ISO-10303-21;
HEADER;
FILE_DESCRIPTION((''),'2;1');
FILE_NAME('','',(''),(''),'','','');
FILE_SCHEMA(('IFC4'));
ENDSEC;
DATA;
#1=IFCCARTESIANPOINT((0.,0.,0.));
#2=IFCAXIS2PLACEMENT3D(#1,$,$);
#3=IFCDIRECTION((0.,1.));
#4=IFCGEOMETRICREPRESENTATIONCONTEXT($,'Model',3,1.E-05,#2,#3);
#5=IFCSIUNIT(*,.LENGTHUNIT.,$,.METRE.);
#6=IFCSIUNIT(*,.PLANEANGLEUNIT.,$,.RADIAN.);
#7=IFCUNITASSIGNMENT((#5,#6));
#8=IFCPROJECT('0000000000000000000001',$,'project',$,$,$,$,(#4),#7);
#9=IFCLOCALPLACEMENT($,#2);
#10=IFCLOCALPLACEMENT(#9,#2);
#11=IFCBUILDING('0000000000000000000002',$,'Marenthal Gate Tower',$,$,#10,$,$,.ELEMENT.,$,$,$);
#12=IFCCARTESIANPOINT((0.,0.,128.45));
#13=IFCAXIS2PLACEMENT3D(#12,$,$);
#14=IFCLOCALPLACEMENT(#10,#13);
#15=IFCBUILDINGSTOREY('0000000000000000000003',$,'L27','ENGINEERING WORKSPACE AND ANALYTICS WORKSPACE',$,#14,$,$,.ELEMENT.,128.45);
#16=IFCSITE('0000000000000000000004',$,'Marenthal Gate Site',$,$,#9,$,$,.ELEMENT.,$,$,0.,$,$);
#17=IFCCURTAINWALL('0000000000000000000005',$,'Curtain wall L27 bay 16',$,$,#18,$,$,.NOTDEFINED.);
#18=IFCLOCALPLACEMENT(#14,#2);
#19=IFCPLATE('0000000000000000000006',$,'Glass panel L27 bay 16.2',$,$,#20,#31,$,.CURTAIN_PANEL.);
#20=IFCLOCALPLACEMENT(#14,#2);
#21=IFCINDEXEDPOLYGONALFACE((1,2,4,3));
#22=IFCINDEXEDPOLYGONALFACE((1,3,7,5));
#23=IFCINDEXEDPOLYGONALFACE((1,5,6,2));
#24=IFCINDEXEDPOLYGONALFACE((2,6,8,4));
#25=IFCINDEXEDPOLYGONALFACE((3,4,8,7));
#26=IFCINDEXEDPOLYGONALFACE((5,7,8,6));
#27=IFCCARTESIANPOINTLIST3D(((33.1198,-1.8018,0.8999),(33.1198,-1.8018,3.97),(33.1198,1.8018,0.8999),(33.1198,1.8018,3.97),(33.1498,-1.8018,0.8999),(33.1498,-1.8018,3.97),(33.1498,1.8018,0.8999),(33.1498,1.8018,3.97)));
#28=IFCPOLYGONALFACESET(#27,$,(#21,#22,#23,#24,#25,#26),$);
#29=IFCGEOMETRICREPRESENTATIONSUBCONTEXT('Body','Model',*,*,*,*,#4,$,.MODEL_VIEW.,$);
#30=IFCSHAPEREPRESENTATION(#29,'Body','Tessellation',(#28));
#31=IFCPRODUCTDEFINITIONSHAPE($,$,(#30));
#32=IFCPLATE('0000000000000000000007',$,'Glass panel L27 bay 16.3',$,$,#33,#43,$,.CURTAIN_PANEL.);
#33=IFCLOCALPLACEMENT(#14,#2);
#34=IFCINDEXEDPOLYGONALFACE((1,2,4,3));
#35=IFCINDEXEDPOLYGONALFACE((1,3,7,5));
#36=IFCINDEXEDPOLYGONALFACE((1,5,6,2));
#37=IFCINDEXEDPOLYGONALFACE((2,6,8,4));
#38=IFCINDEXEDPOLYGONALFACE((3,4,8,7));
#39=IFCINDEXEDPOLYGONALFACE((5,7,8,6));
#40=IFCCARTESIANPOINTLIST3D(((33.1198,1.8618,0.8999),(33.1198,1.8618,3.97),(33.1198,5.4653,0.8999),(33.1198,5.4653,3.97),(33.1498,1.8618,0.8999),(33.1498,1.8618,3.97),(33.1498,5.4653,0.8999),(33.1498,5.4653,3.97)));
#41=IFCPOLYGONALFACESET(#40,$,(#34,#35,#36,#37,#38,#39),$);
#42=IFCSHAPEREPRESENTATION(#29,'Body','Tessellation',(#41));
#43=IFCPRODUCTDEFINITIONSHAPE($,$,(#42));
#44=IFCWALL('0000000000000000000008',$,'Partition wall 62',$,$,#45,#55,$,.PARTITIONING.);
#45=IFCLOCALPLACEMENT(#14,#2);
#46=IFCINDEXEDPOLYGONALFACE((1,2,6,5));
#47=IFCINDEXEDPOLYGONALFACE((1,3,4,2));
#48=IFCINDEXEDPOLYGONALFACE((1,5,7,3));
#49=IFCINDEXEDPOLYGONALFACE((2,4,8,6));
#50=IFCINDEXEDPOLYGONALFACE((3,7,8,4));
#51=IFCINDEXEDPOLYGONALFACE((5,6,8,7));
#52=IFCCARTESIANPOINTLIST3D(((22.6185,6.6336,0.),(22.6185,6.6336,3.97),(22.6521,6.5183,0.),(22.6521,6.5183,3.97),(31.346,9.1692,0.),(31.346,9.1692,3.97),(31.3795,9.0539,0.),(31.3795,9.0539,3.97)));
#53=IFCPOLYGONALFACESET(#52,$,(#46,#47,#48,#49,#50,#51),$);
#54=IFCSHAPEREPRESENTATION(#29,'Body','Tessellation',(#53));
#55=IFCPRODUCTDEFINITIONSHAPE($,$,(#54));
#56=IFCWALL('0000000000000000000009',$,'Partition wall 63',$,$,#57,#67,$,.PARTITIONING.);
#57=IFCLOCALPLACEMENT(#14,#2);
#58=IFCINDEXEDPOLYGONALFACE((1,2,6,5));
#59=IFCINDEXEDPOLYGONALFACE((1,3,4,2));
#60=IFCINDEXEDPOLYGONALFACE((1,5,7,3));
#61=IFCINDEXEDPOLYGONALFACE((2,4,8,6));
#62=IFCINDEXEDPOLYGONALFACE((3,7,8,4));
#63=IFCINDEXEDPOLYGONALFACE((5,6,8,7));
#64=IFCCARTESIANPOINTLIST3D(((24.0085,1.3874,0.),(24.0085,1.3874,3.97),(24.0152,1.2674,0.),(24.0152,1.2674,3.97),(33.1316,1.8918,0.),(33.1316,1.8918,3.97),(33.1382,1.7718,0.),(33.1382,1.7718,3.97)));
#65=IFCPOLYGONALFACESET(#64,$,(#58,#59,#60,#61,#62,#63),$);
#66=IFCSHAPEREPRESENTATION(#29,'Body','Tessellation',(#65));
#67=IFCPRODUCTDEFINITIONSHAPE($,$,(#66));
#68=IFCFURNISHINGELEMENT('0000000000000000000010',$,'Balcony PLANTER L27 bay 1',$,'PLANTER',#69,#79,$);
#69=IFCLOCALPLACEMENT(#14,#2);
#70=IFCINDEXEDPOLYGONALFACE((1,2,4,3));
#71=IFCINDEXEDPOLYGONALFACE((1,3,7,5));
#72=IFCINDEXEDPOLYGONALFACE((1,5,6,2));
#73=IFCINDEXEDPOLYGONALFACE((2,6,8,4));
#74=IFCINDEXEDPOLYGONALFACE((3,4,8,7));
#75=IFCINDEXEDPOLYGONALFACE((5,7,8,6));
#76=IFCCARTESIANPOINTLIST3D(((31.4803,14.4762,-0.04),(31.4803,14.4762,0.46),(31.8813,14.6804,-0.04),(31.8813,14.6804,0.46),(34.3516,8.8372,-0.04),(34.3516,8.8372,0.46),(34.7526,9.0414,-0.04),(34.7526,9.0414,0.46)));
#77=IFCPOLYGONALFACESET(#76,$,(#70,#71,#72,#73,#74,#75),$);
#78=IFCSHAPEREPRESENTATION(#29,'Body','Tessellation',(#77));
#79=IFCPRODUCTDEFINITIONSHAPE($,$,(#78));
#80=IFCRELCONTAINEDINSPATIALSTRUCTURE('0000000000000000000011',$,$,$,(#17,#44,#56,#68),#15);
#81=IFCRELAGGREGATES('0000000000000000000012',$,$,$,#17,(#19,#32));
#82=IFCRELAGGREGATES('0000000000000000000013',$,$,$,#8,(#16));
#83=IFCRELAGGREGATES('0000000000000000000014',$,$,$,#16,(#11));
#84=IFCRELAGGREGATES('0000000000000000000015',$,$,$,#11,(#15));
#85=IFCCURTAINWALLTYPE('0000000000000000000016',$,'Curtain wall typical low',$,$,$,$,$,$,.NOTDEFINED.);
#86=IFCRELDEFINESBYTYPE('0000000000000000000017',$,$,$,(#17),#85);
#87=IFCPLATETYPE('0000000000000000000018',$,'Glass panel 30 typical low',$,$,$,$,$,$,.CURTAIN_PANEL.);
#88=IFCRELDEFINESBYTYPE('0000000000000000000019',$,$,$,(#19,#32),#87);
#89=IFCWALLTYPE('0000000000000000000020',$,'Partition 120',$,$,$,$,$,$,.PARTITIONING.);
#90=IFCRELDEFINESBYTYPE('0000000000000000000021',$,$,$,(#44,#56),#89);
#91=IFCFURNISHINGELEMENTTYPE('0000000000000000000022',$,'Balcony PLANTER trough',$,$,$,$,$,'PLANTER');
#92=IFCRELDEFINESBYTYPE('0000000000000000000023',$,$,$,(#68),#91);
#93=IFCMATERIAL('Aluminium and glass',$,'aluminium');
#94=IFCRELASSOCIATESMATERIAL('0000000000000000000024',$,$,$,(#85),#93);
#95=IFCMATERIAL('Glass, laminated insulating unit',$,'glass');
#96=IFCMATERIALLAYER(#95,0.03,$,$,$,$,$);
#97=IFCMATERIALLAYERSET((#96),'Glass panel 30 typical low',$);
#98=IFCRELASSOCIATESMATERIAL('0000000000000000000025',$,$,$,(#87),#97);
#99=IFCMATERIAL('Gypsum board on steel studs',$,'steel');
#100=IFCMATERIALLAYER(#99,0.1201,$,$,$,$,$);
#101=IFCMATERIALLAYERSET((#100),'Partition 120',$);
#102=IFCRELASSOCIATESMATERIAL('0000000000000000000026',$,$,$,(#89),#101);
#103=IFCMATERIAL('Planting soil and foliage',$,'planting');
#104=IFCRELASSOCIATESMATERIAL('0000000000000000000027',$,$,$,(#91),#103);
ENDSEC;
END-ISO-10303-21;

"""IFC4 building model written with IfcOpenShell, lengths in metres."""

from ifc_helpers import new_model, si_unit, direction, frame, frame_2d, origin, origin_2d, place, context, subcontext, project, spatial, rectangle, extrude, material, layer, layer_set, type_object, element, aggregate, save


model = new_model("IFC4")

# Units and contexts
model_context = context("Model", 3, precision=1e-05, world=origin(), true_north=direction((0.0, 1.0)))
body_context = subcontext(model_context, "Body", "Model", "MODEL_VIEW")
ifc_project = project(units=[si_unit("LENGTHUNIT", "METRE"), si_unit("PLANEANGLEUNIT", "RADIAN")], contexts=[model_context])

# Site, building, storey
site_placement = place(None, origin())
site = spatial("IfcSite", under=ifc_project, at=site_placement, Name="Marenthal Gate Site", CompositionType="ELEMENT", RefElevation=0.0)
building_placement = place(site_placement, origin())
building = spatial("IfcBuilding", under=site, at=building_placement, Name="Marenthal Gate Tower", CompositionType="ELEMENT")
storey_placement = place(building_placement, frame((0.0, 0.0, 128.45)))
storey = spatial("IfcBuildingStorey", under=building, at=storey_placement, Name="L27", Description="ENGINEERING WORKSPACE AND ANALYTICS WORKSPACE", CompositionType="ELEMENT", Elevation=128.45)

# Curtain wall
ifc_material_1 = material(Name="Aluminium and glass", Category="aluminium")
curtain_wall_type = type_object("IfcCurtainWallType", Name="Curtain wall typical low", PredefinedType="NOTDEFINED", material=ifc_material_1)
curtain_wall_placement = place(storey_placement, origin())
curtain_wall = element("IfcCurtainWall", 1, at=curtain_wall_placement, inside=storey, type_object=curtain_wall_type, Name="Curtain wall L27 bay 16", PredefinedType="NOTDEFINED")

# Plates
ifc_material_2 = material(Name="Glass, laminated insulating unit", Category="glass")
ifc_layer_1 = layer(ifc_material_2, 0.03)
ifc_layer_set_1 = layer_set([ifc_layer_1], Name="Glass panel 30 typical low")
plate_type = type_object("IfcPlateType", Name="Glass panel 30 typical low", PredefinedType="CURTAIN_PANEL", material=ifc_layer_set_1)
plate_1_placement = place(storey_placement, frame((33.1348, 0.0, 0.8999), z_axis=(0.0, 0.0, 1.0), x_axis=(0.0, 1.0, 0.0)))
plate_1 = element("IfcPlate", 2, at=plate_1_placement, type_object=plate_type, Name="Glass panel L27 bay 16.2", PredefinedType="CURTAIN_PANEL", context=body_context, shape_type="SweptSolid", body=[
    extrude(rectangle(XDim=3.6035, YDim=0.03, at=origin_2d()), origin(), (0.0, 0.0, 1.0), 3.0701),
])
plate_2_placement = place(storey_placement, frame((33.1348, 3.6636, 0.8999), z_axis=(0.0, 0.0, 1.0), x_axis=(0.0, 1.0, 0.0)))
plate_2 = element("IfcPlate", 3, at=plate_2_placement, type_object=plate_type, Name="Glass panel L27 bay 16.3", PredefinedType="CURTAIN_PANEL", context=body_context, shape_type="SweptSolid", body=[
    extrude(rectangle(XDim=3.6035, YDim=0.03, at=origin_2d()), origin(), (0.0, 0.0, 1.0), 3.0701),
])
aggregate(curtain_wall, [plate_1, plate_2])

# Walls
ifc_material_3 = material(Name="Gypsum board on steel studs", Category="steel")
ifc_layer_2 = layer(ifc_material_3, 0.1201)
ifc_layer_set_2 = layer_set([ifc_layer_2], Name="Partition 120")
wall_type_1 = type_object("IfcWallType", Name="Partition 120", PredefinedType="PARTITIONING", material=ifc_layer_set_2)
wall_1_placement = place(storey_placement, frame((31.3628, 9.1116, 0.0), z_axis=(0.0, 0.0, 1.0), x_axis=(-0.960292, -0.278997, 0.0)))
element("IfcWall", 4, at=wall_1_placement, inside=storey, type_object=wall_type_1, Name="Partition wall 62", PredefinedType="PARTITIONING", context=body_context, shape_type="SweptSolid", body=[
    extrude(rectangle(XDim=9.0884, YDim=0.1201, at=frame_2d((4.5442, 0.0))), origin(), (0.0, 0.0, 1.0), 3.97),
])
wall_2_placement = place(storey_placement, frame((33.1348, 1.8318, 0.0), z_axis=(0.0, 0.0, 1.0), x_axis=(-0.998475, -0.055204, 0.0)))
element("IfcWall", 5, at=wall_2_placement, inside=storey, type_object=wall_type_1, Name="Partition wall 63", PredefinedType="PARTITIONING", context=body_context, shape_type="SweptSolid", body=[
    extrude(rectangle(XDim=9.137, YDim=0.1201, at=frame_2d((4.5684, 0.0))), origin(), (0.0, 0.0, 1.0), 3.97),
])

# Furnishing element
ifc_material_4 = material(Name="Planting soil and foliage", Category="planting")
furnishing_element_type = type_object("IfcFurnishingElementType", Name="Balcony PLANTER trough", ElementType="PLANTER", material=ifc_material_4)
furnishing_placement = place(storey_placement, frame((33.1165, 11.7588, -0.04), z_axis=(0.0, 0.0, 1.0), x_axis=(-0.453749, 0.89113, 0.0)))
element("IfcFurnishingElement", 6, at=furnishing_placement, inside=storey, type_object=furnishing_element_type, Name="Balcony PLANTER L27 bay 1", ObjectType="PLANTER", context=body_context, shape_type="SweptSolid", body=[
    extrude(rectangle(XDim=6.3279, YDim=0.45, at=origin_2d()), origin(), (0.0, 0.0, 1.0), 0.5),
])

save(model, "model.ifc")
